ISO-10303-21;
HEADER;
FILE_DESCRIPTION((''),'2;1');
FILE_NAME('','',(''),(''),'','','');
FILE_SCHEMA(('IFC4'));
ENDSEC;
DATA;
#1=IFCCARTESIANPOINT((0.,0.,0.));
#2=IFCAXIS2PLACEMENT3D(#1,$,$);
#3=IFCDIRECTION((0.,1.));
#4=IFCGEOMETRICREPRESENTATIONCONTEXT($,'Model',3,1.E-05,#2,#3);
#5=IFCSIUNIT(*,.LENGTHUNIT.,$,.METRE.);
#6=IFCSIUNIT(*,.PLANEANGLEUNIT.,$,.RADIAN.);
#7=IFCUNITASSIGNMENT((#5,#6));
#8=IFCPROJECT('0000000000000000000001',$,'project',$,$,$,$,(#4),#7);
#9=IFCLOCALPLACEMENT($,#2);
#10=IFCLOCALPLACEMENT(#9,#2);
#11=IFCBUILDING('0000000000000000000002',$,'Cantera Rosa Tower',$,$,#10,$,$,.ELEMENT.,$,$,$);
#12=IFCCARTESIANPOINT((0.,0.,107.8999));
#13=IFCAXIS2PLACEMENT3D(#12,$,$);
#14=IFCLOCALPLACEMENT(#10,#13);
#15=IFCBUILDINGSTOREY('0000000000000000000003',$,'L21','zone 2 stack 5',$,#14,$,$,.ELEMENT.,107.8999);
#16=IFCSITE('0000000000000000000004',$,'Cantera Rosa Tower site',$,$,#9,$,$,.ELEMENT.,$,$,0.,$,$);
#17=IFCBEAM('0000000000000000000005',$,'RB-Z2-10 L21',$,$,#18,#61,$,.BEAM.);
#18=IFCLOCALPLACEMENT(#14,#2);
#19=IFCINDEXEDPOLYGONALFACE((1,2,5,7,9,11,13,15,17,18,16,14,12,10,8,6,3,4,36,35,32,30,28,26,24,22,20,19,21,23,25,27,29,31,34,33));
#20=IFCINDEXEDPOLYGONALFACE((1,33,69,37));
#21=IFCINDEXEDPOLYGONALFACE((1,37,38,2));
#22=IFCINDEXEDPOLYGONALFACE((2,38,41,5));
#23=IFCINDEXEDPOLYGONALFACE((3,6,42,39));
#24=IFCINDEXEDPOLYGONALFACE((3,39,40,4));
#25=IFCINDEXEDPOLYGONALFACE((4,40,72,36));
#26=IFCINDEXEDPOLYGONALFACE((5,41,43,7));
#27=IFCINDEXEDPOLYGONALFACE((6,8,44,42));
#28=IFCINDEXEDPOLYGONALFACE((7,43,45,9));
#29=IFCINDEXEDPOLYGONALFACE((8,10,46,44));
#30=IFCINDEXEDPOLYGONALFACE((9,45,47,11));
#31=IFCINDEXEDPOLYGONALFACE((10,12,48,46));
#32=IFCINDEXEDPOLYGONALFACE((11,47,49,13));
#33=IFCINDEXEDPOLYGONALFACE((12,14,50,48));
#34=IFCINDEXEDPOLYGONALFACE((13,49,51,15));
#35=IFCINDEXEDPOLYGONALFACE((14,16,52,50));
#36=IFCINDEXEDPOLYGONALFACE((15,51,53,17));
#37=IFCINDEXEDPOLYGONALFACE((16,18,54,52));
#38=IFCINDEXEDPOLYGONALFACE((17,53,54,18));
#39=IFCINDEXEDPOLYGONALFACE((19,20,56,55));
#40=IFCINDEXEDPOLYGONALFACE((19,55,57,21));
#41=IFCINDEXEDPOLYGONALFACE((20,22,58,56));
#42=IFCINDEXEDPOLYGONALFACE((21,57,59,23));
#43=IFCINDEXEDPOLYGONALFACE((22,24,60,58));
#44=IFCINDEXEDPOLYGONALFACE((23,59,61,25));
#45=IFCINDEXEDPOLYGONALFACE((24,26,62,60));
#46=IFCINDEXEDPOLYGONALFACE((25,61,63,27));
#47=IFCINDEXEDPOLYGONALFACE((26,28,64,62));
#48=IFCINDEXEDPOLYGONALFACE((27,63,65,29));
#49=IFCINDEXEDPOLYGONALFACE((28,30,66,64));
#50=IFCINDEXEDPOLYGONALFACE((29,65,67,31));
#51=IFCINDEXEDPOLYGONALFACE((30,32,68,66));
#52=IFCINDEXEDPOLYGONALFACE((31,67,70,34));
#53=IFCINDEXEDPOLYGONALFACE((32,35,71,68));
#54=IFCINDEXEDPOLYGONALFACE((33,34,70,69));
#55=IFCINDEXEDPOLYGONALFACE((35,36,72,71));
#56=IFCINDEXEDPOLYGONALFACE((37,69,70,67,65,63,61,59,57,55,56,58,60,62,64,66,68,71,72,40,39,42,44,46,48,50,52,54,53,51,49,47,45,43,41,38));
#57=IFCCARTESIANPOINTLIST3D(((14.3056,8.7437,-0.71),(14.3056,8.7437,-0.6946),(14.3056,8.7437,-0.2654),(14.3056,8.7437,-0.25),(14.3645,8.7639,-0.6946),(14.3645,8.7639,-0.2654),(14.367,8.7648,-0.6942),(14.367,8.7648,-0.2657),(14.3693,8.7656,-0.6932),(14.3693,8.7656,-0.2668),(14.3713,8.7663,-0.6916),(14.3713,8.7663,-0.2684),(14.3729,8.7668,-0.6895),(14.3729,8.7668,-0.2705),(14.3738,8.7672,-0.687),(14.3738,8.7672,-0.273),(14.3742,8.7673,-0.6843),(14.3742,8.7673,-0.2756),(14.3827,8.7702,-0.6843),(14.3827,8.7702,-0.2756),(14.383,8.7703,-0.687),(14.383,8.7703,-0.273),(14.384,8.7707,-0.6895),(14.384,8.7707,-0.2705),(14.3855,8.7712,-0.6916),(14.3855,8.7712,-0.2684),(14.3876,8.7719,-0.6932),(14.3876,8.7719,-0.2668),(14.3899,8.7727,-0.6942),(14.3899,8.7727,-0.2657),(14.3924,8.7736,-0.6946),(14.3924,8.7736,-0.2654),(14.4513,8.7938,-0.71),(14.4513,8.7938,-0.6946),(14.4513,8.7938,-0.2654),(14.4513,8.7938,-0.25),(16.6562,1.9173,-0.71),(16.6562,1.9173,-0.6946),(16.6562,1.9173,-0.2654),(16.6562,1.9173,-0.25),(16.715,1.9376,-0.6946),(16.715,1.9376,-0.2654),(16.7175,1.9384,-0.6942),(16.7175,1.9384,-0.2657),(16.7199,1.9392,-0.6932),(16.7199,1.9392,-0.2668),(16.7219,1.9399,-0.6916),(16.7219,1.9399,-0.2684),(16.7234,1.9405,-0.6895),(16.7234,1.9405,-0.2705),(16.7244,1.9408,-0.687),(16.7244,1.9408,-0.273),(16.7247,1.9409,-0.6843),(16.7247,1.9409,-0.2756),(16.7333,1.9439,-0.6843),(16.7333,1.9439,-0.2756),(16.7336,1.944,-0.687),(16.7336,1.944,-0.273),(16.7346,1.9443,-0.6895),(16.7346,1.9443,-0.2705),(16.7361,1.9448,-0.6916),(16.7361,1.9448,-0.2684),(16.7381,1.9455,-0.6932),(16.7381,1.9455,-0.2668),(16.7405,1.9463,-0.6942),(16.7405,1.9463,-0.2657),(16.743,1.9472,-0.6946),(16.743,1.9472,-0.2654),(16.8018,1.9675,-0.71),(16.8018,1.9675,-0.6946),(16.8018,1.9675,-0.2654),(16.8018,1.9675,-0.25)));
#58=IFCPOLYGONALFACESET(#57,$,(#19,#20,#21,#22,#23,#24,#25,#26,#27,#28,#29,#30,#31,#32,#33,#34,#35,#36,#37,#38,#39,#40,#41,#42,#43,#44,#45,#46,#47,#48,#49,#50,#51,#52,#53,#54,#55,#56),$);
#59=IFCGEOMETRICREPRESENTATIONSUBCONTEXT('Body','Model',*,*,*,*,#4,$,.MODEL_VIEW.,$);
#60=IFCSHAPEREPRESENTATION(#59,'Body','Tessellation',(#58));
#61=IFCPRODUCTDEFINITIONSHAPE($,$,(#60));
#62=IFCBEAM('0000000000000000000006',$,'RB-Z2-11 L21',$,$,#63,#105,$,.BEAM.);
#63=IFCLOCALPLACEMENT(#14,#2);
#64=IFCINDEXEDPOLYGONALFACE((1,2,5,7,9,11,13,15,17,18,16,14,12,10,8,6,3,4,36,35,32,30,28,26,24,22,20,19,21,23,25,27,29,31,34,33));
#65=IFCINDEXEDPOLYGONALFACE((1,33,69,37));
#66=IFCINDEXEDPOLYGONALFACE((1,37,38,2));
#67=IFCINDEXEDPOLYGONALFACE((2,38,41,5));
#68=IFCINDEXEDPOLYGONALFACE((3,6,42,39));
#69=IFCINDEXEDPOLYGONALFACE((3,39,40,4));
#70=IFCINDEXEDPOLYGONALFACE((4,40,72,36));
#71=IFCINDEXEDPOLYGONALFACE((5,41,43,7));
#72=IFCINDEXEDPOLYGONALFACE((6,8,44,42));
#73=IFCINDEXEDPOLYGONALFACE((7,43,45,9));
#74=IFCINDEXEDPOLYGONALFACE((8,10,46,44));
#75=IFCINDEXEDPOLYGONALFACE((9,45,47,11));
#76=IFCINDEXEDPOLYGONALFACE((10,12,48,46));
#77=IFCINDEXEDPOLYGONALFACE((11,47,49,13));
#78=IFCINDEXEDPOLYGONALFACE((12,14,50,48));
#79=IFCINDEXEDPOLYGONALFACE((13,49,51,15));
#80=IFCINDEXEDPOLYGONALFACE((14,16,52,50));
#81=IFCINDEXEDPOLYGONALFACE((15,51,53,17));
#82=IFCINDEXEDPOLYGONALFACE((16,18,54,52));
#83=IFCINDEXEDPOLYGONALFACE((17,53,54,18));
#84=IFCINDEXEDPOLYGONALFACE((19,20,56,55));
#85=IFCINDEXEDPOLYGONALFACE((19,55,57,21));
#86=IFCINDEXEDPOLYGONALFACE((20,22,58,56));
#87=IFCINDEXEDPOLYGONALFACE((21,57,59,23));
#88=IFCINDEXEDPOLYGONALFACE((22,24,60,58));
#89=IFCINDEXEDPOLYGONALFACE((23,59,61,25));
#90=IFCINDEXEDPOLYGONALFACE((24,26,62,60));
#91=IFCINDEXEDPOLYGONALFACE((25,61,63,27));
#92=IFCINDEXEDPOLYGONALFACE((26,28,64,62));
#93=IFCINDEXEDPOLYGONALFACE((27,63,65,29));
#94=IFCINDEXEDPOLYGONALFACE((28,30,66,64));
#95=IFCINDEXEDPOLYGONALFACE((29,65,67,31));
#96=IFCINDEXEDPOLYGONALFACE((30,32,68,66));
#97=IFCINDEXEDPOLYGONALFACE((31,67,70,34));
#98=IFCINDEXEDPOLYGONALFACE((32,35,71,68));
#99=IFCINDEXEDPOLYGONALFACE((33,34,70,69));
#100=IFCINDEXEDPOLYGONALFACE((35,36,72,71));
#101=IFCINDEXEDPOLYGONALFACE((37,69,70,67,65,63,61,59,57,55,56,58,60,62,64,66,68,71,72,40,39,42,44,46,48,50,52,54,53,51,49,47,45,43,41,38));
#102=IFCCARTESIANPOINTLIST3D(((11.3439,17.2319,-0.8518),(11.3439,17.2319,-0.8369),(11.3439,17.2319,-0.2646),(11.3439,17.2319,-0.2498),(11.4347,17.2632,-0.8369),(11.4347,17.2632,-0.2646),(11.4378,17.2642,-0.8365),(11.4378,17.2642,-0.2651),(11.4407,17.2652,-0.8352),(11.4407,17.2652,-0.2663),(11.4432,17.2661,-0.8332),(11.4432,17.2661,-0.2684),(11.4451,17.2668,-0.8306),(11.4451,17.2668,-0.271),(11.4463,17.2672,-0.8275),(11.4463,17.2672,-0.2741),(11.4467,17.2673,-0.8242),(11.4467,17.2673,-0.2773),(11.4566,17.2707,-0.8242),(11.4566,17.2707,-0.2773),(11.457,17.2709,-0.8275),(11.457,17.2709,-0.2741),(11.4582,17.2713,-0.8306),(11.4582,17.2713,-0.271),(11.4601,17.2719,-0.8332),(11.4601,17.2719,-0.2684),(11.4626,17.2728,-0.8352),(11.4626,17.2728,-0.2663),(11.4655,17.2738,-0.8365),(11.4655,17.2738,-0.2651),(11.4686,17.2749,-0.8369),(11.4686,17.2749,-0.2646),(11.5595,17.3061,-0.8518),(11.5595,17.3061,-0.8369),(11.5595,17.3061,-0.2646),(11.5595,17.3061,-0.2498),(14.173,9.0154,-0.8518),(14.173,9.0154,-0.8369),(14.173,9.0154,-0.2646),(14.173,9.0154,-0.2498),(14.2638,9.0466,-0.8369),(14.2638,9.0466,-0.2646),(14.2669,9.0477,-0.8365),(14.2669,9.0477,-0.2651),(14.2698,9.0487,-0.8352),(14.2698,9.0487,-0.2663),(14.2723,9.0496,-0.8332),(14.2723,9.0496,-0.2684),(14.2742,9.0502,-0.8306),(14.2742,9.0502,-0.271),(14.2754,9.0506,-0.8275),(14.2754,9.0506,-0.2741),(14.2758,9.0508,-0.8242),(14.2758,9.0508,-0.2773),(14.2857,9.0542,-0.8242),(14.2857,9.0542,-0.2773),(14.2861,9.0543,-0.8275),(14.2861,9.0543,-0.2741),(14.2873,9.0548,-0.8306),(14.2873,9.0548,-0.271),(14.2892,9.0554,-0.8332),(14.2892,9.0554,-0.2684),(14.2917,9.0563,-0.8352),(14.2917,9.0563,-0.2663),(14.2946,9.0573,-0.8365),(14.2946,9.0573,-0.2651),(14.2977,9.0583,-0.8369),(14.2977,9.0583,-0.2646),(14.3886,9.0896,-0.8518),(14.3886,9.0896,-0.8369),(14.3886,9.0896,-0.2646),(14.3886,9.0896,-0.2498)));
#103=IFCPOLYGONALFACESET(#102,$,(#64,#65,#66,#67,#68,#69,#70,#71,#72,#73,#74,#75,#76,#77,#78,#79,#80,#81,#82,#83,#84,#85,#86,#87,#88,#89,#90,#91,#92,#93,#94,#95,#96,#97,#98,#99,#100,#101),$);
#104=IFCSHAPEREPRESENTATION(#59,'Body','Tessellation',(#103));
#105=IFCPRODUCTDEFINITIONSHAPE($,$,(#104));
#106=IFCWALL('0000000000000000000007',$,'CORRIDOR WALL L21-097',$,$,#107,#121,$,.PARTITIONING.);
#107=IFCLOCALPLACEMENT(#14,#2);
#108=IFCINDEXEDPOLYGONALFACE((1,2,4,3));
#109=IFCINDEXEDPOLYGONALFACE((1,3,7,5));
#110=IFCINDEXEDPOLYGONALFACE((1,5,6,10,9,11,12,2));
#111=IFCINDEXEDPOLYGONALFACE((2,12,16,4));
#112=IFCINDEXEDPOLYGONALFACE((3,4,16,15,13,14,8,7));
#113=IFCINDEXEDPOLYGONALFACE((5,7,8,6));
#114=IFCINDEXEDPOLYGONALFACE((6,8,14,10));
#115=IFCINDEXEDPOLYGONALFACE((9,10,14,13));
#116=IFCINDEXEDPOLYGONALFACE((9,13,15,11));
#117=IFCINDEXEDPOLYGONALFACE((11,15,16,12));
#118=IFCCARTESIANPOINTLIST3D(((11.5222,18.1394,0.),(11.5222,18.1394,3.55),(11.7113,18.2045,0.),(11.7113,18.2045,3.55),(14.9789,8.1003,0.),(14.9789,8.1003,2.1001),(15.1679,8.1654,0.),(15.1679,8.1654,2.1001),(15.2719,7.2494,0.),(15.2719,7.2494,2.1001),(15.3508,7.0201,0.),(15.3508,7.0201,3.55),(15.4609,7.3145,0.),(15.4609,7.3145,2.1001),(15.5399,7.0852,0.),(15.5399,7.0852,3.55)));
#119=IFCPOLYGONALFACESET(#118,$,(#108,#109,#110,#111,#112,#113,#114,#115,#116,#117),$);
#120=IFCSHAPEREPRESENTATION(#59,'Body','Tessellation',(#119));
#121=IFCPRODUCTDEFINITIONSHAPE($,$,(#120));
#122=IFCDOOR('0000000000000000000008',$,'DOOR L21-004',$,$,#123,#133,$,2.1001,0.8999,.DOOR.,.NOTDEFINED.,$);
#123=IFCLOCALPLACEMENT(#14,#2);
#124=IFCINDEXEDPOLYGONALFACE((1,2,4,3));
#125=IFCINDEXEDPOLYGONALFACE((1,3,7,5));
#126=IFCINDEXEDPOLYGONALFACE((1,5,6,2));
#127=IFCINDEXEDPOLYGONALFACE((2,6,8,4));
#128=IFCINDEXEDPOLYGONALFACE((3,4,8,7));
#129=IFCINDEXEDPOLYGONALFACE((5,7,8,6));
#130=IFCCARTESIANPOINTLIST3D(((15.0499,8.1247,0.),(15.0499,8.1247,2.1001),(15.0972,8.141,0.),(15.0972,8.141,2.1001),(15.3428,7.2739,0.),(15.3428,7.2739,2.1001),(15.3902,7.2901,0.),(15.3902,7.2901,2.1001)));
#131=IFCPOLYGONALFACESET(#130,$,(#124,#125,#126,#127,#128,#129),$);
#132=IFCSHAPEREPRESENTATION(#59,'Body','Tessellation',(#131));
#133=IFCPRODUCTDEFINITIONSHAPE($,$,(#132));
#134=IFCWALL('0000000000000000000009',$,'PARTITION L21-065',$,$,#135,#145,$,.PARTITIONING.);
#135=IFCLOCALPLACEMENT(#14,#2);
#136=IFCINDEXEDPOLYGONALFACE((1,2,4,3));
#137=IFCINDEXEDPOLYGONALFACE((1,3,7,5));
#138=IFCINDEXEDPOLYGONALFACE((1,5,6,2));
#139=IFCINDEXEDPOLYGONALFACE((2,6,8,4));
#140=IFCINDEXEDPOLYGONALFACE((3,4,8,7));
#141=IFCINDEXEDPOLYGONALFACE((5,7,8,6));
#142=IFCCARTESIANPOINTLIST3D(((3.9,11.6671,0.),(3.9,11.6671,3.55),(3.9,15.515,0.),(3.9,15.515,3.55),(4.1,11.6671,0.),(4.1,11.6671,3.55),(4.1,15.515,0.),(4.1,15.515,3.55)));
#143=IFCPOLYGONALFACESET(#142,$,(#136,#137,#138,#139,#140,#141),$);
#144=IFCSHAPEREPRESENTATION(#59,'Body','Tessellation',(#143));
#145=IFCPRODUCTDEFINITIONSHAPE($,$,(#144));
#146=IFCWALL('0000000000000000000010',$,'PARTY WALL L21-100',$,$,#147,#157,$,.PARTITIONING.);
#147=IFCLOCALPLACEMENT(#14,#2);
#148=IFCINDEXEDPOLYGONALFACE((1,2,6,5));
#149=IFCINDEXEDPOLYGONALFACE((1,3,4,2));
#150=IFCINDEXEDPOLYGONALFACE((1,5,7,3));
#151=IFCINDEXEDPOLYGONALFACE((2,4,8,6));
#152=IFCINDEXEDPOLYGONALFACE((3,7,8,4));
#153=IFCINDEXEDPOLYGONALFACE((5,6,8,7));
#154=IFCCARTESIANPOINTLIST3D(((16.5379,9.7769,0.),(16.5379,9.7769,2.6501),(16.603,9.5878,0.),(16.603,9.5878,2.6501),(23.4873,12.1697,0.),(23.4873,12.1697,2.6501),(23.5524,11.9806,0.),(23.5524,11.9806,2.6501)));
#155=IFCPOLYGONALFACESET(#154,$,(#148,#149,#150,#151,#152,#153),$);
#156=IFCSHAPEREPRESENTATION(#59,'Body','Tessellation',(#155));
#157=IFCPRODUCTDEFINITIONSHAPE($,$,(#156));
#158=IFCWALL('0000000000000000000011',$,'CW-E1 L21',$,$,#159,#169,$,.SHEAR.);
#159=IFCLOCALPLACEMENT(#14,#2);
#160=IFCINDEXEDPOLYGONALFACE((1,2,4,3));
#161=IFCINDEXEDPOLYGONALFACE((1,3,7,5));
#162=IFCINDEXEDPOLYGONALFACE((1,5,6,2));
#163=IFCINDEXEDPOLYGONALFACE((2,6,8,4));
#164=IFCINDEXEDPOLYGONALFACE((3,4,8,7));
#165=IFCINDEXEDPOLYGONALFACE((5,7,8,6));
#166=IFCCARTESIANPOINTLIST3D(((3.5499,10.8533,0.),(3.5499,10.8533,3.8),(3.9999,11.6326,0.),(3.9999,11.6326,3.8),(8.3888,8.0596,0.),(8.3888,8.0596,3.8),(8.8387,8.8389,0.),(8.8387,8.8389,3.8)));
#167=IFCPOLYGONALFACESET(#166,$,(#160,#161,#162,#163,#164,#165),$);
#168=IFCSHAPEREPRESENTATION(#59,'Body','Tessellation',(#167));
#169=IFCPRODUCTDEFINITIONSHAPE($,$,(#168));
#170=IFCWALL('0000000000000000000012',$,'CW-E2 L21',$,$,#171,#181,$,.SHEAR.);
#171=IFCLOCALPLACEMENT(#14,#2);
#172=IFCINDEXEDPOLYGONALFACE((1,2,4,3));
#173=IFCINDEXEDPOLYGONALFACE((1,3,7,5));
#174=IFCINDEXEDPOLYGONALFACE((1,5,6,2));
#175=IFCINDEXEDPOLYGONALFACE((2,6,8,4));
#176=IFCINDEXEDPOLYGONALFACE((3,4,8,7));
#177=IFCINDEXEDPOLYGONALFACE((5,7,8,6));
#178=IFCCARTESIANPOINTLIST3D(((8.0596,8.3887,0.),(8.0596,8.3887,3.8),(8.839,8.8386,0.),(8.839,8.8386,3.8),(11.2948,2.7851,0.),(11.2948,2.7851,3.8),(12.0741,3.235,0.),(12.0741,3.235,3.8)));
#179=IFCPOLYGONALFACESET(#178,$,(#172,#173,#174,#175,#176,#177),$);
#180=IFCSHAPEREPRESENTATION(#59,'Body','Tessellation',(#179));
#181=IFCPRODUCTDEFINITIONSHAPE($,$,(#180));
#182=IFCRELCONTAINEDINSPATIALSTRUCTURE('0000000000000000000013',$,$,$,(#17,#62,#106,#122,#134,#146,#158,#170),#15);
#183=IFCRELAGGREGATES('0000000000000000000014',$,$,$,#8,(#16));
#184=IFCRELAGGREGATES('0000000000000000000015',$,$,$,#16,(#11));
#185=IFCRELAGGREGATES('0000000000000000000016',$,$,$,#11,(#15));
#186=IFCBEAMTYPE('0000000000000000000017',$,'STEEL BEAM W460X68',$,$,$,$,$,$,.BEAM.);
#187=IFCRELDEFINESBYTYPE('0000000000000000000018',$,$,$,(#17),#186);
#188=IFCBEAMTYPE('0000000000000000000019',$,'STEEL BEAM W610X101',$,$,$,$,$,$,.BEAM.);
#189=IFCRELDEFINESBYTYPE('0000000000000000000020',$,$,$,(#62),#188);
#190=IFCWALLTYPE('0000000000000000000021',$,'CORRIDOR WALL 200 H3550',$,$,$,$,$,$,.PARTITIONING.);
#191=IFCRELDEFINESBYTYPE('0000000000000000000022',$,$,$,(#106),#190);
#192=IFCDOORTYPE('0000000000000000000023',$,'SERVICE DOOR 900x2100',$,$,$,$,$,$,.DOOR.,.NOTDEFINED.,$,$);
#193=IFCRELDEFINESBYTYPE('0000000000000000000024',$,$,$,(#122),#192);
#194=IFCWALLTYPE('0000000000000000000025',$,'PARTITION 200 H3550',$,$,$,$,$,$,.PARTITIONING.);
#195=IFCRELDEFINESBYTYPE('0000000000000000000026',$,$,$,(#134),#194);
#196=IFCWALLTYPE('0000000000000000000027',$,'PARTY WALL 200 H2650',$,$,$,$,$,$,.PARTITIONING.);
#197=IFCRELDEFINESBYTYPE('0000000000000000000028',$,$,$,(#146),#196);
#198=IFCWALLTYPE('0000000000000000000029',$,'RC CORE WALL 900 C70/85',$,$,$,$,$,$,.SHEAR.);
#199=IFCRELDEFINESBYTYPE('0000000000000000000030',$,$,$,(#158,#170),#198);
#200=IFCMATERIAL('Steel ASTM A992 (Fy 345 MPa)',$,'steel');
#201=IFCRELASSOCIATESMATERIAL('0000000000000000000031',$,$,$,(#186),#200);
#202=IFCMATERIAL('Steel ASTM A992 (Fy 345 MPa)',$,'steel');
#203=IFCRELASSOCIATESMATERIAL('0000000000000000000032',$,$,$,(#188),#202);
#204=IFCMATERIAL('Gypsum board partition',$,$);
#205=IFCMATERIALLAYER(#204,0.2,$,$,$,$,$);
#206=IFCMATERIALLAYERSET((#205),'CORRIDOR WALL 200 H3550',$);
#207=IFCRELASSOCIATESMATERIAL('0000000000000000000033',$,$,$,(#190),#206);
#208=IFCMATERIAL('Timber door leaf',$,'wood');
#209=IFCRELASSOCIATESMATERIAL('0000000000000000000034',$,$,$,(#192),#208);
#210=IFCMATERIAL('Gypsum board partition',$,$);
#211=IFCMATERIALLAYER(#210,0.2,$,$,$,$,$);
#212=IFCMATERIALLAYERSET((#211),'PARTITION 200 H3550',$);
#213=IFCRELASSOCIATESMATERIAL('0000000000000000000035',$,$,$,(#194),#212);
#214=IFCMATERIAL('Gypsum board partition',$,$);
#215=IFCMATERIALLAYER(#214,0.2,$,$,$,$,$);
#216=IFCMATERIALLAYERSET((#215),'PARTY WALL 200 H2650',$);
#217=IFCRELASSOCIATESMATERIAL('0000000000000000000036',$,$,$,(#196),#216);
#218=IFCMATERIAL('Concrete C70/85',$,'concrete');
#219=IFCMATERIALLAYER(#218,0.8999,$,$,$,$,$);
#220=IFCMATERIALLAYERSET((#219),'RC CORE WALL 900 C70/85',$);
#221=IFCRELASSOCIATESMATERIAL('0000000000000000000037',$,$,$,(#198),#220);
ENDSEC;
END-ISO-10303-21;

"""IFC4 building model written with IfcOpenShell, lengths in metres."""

from ifc_helpers import new_model, si_unit, direction, frame, frame_2d, origin, origin_2d, place, context, subcontext, project, spatial, rectangle, i_section, extrude, material, layer, layer_set, material_profile, profile_set, type_object, element, fill, save


model = new_model("IFC4")

# Units and contexts
model_context = context("Model", 3, precision=1e-05, world=origin(), true_north=direction((0.0, 1.0)))
body_context = subcontext(model_context, "Body", "Model", "MODEL_VIEW")
ifc_project = project(units=[si_unit("LENGTHUNIT", "METRE"), si_unit("PLANEANGLEUNIT", "RADIAN")], contexts=[model_context])

# Site, building, storey
site_placement = place(None, origin())
site = spatial("IfcSite", under=ifc_project, at=site_placement, Name="Cantera Rosa Tower site", CompositionType="ELEMENT", RefElevation=0.0)
building_placement = place(site_placement, origin())
building = spatial("IfcBuilding", under=site, at=building_placement, Name="Cantera Rosa Tower", CompositionType="ELEMENT")
storey_placement = place(building_placement, frame((0.0, 0.0, 107.8999)))
storey = spatial("IfcBuildingStorey", under=building, at=storey_placement, Name="L21", Description="zone 2 stack 5", CompositionType="ELEMENT", Elevation=107.8999)

# Beams
ifc_material_1 = material(Name="Steel ASTM A992 (Fy 345 MPa)", Category="steel")
ifc_material_profile_1 = material_profile(ifc_material_1, i_section(OverallWidth=0.1541, OverallDepth=0.46, WebThickness=0.009, FlangeThickness=0.0154, FilletRadius=0.0103, at=origin_2d()), Name="W460X68")
ifc_profile_set_1 = profile_set([ifc_material_profile_1], Name="Steel ASTM A992 (Fy 345 MPa)")
beam_type_1 = type_object("IfcBeamType", Name="STEEL BEAM W460X68", PredefinedType="BEAM", material=ifc_profile_set_1)
beam_1_placement = place(storey_placement, frame((16.729, 1.9424, -0.48), z_axis=(-0.325576, 0.945516, 0.0), x_axis=(-0.945516, -0.325576, 0.0)))
element("IfcBeam", 1, at=beam_1_placement, inside=storey, type_object=beam_type_1, Name="RB-Z2-10 L21", PredefinedType="BEAM", context=body_context, shape_type="SweptSolid", body=[
    extrude(i_section(OverallWidth=0.1541, OverallDepth=0.46, WebThickness=0.009, FlangeThickness=0.0154, FilletRadius=0.0103, at=origin_2d()), origin(), (0.0, 0.0, 1.0), 7.2197),
])
ifc_material_2 = material(Name="Steel ASTM A992 (Fy 345 MPa)", Category="steel")
ifc_material_profile_2 = material_profile(ifc_material_2, i_section(OverallWidth=0.228, OverallDepth=0.6021, WebThickness=0.0105, FlangeThickness=0.0149, FilletRadius=0.0127, at=origin_2d()), Name="W610X101")
ifc_profile_set_2 = profile_set([ifc_material_profile_2], Name="Steel ASTM A992 (Fy 345 MPa)")
beam_type_2 = type_object("IfcBeamType", Name="STEEL BEAM W610X101", PredefinedType="BEAM", material=ifc_profile_set_2)
beam_2_placement = place(storey_placement, frame((14.2808, 9.0525, -0.5508), z_axis=(-0.325559, 0.945522, 0.0), x_axis=(-0.945522, -0.325559, 0.0)))
element("IfcBeam", 2, at=beam_2_placement, inside=storey, type_object=beam_type_2, Name="RB-Z2-11 L21", PredefinedType="BEAM", context=body_context, shape_type="SweptSolid", body=[
    extrude(i_section(OverallWidth=0.228, OverallDepth=0.6021, WebThickness=0.0105, FlangeThickness=0.0149, FilletRadius=0.0127, at=origin_2d()), origin(), (0.0, 0.0, 1.0), 8.6899),
])

# Wall, opening, door
ifc_material_3 = material(Name="Gypsum board partition")
ifc_layer_1 = layer(ifc_material_3, 0.2)
ifc_layer_set_1 = layer_set([ifc_layer_1], Name="CORRIDOR WALL 200 H3550")
wall_type_1 = type_object("IfcWallType", Name="CORRIDOR WALL 200 H3550", PredefinedType="PARTITIONING", material=ifc_layer_set_1)
wall_1_placement = place(storey_placement, frame((15.4453, 7.0527, 0.0), z_axis=(0.0, 0.0, 1.0), x_axis=(-0.325561, 0.945521, 0.0)))
wall_1 = element("IfcWall", 3, at=wall_1_placement, inside=storey, type_object=wall_type_1, Name="CORRIDOR WALL L21-097", PredefinedType="PARTITIONING", context=body_context, shape_type="SweptSolid", body=[
    extrude(rectangle(XDim=11.76, YDim=0.2, at=frame_2d((5.8799, 0.0))), origin(), (0.0, 0.0, 1.0), 3.55),
])
opening_1_placement = place(wall_1_placement, frame((0.2424, 0.0, 0.0)))
opening_1 = element("IfcOpeningElement", 4, at=opening_1_placement, cuts=wall_1, PredefinedType="OPENING", context=body_context, shape_type="SweptSolid", body=[
    extrude(rectangle(XDim=0.8999, YDim=2.1001, at=frame_2d((0.45, 1.05))), frame((0.0, 0.1099, 0.0), z_axis=(0.0, -1.0, 0.0), x_axis=(1.0, 0.0, 0.0)), (0.0, 0.0, 1.0), 0.22),
])
ifc_material_4 = material(Name="Timber door leaf", Category="wood")
door_type = type_object("IfcDoorType", Name="SERVICE DOOR 900x2100", OperationType="NOTDEFINED", PredefinedType="DOOR", material=ifc_material_4)
door_1_placement = place(opening_1_placement, origin())
door_1 = element("IfcDoor", 5, at=door_1_placement, inside=storey, type_object=door_type, Name="DOOR L21-004", OperationType="NOTDEFINED", OverallHeight=2.1001, OverallWidth=0.8999, PredefinedType="DOOR", context=body_context, shape_type="SweptSolid", body=[
    extrude(rectangle(XDim=0.8999, YDim=2.1001, at=frame_2d((0.45, 1.05))), frame((0.0, 0.0249, 0.0), z_axis=(0.0, -1.0, 0.0), x_axis=(1.0, 0.0, 0.0)), (0.0, 0.0, 1.0), 0.05),
])
fill(opening_1, door_1)

# Walls
ifc_material_5 = material(Name="Gypsum board partition")
ifc_layer_2 = layer(ifc_material_5, 0.2)
ifc_layer_set_2 = layer_set([ifc_layer_2], Name="PARTITION 200 H3550")
wall_type_2 = type_object("IfcWallType", Name="PARTITION 200 H3550", PredefinedType="PARTITIONING", material=ifc_layer_set_2)
wall_2_placement = place(storey_placement, frame((4.0, 11.6672, 0.0), z_axis=(0.0, 0.0, 1.0), x_axis=(0.0, 1.0, 0.0)))
element("IfcWall", 6, at=wall_2_placement, inside=storey, type_object=wall_type_2, Name="PARTITION L21-065", PredefinedType="PARTITIONING", context=body_context, shape_type="SweptSolid", body=[
    extrude(rectangle(XDim=3.8479, YDim=0.2, at=frame_2d((1.9238, 0.0))), origin(), (0.0, 0.0, 1.0), 3.55),
])
ifc_material_6 = material(Name="Gypsum board partition")
ifc_layer_3 = layer(ifc_material_6, 0.2)
ifc_layer_set_3 = layer_set([ifc_layer_3], Name="PARTY WALL 200 H2650")
wall_type_3 = type_object("IfcWallType", Name="PARTY WALL 200 H2650", PredefinedType="PARTITIONING", material=ifc_layer_set_3)
wall_3_placement = place(storey_placement, frame((16.5706, 9.6824, 0.0), z_axis=(0.0, 0.0, 1.0), x_axis=(0.945521, 0.32556, 0.0)))
element("IfcWall", 7, at=wall_3_placement, inside=storey, type_object=wall_type_3, Name="PARTY WALL L21-100", PredefinedType="PARTITIONING", context=body_context, shape_type="SweptSolid", body=[
    extrude(rectangle(XDim=7.3499, YDim=0.2, at=frame_2d((3.6748, 0.0))), origin(), (0.0, 0.0, 1.0), 2.6501),
])
ifc_material_7 = material(Name="Concrete C70/85", Category="concrete")
ifc_layer_4 = layer(ifc_material_7, 0.8999)
ifc_layer_set_4 = layer_set([ifc_layer_4], Name="RC CORE WALL 900 C70/85")
wall_type_4 = type_object("IfcWallType", Name="RC CORE WALL 900 C70/85", PredefinedType="SHEAR", material=ifc_layer_set_4)
wall_4_placement = place(storey_placement, frame((3.7749, 11.2429, 0.0), z_axis=(0.0, 0.0, 1.0), x_axis=(0.866027, -0.499997, 0.0)))
element("IfcWall", 8, at=wall_4_placement, inside=storey, type_object=wall_type_4, Name="CW-E1 L21", PredefinedType="SHEAR", context=body_context, shape_type="SweptSolid", body=[
    extrude(rectangle(XDim=5.5874, YDim=0.8999, at=frame_2d((2.7937, 0.0))), origin(), (0.0, 0.0, 1.0), 3.8),
])
wall_5_placement = place(storey_placement, frame((8.4492, 8.6138, 0.0), z_axis=(0.0, 0.0, 1.0), x_axis=(0.49999, -0.866031, 0.0)))
element("IfcWall", 9, at=wall_5_placement, inside=storey, type_object=wall_type_4, Name="CW-E2 L21", PredefinedType="SHEAR", context=body_context, shape_type="SweptSolid", body=[
    extrude(rectangle(XDim=6.4705, YDim=0.8999, at=frame_2d((3.2354, 0.0))), origin(), (0.0, 0.0, 1.0), 3.8),
])

save(model, "model.ifc")
